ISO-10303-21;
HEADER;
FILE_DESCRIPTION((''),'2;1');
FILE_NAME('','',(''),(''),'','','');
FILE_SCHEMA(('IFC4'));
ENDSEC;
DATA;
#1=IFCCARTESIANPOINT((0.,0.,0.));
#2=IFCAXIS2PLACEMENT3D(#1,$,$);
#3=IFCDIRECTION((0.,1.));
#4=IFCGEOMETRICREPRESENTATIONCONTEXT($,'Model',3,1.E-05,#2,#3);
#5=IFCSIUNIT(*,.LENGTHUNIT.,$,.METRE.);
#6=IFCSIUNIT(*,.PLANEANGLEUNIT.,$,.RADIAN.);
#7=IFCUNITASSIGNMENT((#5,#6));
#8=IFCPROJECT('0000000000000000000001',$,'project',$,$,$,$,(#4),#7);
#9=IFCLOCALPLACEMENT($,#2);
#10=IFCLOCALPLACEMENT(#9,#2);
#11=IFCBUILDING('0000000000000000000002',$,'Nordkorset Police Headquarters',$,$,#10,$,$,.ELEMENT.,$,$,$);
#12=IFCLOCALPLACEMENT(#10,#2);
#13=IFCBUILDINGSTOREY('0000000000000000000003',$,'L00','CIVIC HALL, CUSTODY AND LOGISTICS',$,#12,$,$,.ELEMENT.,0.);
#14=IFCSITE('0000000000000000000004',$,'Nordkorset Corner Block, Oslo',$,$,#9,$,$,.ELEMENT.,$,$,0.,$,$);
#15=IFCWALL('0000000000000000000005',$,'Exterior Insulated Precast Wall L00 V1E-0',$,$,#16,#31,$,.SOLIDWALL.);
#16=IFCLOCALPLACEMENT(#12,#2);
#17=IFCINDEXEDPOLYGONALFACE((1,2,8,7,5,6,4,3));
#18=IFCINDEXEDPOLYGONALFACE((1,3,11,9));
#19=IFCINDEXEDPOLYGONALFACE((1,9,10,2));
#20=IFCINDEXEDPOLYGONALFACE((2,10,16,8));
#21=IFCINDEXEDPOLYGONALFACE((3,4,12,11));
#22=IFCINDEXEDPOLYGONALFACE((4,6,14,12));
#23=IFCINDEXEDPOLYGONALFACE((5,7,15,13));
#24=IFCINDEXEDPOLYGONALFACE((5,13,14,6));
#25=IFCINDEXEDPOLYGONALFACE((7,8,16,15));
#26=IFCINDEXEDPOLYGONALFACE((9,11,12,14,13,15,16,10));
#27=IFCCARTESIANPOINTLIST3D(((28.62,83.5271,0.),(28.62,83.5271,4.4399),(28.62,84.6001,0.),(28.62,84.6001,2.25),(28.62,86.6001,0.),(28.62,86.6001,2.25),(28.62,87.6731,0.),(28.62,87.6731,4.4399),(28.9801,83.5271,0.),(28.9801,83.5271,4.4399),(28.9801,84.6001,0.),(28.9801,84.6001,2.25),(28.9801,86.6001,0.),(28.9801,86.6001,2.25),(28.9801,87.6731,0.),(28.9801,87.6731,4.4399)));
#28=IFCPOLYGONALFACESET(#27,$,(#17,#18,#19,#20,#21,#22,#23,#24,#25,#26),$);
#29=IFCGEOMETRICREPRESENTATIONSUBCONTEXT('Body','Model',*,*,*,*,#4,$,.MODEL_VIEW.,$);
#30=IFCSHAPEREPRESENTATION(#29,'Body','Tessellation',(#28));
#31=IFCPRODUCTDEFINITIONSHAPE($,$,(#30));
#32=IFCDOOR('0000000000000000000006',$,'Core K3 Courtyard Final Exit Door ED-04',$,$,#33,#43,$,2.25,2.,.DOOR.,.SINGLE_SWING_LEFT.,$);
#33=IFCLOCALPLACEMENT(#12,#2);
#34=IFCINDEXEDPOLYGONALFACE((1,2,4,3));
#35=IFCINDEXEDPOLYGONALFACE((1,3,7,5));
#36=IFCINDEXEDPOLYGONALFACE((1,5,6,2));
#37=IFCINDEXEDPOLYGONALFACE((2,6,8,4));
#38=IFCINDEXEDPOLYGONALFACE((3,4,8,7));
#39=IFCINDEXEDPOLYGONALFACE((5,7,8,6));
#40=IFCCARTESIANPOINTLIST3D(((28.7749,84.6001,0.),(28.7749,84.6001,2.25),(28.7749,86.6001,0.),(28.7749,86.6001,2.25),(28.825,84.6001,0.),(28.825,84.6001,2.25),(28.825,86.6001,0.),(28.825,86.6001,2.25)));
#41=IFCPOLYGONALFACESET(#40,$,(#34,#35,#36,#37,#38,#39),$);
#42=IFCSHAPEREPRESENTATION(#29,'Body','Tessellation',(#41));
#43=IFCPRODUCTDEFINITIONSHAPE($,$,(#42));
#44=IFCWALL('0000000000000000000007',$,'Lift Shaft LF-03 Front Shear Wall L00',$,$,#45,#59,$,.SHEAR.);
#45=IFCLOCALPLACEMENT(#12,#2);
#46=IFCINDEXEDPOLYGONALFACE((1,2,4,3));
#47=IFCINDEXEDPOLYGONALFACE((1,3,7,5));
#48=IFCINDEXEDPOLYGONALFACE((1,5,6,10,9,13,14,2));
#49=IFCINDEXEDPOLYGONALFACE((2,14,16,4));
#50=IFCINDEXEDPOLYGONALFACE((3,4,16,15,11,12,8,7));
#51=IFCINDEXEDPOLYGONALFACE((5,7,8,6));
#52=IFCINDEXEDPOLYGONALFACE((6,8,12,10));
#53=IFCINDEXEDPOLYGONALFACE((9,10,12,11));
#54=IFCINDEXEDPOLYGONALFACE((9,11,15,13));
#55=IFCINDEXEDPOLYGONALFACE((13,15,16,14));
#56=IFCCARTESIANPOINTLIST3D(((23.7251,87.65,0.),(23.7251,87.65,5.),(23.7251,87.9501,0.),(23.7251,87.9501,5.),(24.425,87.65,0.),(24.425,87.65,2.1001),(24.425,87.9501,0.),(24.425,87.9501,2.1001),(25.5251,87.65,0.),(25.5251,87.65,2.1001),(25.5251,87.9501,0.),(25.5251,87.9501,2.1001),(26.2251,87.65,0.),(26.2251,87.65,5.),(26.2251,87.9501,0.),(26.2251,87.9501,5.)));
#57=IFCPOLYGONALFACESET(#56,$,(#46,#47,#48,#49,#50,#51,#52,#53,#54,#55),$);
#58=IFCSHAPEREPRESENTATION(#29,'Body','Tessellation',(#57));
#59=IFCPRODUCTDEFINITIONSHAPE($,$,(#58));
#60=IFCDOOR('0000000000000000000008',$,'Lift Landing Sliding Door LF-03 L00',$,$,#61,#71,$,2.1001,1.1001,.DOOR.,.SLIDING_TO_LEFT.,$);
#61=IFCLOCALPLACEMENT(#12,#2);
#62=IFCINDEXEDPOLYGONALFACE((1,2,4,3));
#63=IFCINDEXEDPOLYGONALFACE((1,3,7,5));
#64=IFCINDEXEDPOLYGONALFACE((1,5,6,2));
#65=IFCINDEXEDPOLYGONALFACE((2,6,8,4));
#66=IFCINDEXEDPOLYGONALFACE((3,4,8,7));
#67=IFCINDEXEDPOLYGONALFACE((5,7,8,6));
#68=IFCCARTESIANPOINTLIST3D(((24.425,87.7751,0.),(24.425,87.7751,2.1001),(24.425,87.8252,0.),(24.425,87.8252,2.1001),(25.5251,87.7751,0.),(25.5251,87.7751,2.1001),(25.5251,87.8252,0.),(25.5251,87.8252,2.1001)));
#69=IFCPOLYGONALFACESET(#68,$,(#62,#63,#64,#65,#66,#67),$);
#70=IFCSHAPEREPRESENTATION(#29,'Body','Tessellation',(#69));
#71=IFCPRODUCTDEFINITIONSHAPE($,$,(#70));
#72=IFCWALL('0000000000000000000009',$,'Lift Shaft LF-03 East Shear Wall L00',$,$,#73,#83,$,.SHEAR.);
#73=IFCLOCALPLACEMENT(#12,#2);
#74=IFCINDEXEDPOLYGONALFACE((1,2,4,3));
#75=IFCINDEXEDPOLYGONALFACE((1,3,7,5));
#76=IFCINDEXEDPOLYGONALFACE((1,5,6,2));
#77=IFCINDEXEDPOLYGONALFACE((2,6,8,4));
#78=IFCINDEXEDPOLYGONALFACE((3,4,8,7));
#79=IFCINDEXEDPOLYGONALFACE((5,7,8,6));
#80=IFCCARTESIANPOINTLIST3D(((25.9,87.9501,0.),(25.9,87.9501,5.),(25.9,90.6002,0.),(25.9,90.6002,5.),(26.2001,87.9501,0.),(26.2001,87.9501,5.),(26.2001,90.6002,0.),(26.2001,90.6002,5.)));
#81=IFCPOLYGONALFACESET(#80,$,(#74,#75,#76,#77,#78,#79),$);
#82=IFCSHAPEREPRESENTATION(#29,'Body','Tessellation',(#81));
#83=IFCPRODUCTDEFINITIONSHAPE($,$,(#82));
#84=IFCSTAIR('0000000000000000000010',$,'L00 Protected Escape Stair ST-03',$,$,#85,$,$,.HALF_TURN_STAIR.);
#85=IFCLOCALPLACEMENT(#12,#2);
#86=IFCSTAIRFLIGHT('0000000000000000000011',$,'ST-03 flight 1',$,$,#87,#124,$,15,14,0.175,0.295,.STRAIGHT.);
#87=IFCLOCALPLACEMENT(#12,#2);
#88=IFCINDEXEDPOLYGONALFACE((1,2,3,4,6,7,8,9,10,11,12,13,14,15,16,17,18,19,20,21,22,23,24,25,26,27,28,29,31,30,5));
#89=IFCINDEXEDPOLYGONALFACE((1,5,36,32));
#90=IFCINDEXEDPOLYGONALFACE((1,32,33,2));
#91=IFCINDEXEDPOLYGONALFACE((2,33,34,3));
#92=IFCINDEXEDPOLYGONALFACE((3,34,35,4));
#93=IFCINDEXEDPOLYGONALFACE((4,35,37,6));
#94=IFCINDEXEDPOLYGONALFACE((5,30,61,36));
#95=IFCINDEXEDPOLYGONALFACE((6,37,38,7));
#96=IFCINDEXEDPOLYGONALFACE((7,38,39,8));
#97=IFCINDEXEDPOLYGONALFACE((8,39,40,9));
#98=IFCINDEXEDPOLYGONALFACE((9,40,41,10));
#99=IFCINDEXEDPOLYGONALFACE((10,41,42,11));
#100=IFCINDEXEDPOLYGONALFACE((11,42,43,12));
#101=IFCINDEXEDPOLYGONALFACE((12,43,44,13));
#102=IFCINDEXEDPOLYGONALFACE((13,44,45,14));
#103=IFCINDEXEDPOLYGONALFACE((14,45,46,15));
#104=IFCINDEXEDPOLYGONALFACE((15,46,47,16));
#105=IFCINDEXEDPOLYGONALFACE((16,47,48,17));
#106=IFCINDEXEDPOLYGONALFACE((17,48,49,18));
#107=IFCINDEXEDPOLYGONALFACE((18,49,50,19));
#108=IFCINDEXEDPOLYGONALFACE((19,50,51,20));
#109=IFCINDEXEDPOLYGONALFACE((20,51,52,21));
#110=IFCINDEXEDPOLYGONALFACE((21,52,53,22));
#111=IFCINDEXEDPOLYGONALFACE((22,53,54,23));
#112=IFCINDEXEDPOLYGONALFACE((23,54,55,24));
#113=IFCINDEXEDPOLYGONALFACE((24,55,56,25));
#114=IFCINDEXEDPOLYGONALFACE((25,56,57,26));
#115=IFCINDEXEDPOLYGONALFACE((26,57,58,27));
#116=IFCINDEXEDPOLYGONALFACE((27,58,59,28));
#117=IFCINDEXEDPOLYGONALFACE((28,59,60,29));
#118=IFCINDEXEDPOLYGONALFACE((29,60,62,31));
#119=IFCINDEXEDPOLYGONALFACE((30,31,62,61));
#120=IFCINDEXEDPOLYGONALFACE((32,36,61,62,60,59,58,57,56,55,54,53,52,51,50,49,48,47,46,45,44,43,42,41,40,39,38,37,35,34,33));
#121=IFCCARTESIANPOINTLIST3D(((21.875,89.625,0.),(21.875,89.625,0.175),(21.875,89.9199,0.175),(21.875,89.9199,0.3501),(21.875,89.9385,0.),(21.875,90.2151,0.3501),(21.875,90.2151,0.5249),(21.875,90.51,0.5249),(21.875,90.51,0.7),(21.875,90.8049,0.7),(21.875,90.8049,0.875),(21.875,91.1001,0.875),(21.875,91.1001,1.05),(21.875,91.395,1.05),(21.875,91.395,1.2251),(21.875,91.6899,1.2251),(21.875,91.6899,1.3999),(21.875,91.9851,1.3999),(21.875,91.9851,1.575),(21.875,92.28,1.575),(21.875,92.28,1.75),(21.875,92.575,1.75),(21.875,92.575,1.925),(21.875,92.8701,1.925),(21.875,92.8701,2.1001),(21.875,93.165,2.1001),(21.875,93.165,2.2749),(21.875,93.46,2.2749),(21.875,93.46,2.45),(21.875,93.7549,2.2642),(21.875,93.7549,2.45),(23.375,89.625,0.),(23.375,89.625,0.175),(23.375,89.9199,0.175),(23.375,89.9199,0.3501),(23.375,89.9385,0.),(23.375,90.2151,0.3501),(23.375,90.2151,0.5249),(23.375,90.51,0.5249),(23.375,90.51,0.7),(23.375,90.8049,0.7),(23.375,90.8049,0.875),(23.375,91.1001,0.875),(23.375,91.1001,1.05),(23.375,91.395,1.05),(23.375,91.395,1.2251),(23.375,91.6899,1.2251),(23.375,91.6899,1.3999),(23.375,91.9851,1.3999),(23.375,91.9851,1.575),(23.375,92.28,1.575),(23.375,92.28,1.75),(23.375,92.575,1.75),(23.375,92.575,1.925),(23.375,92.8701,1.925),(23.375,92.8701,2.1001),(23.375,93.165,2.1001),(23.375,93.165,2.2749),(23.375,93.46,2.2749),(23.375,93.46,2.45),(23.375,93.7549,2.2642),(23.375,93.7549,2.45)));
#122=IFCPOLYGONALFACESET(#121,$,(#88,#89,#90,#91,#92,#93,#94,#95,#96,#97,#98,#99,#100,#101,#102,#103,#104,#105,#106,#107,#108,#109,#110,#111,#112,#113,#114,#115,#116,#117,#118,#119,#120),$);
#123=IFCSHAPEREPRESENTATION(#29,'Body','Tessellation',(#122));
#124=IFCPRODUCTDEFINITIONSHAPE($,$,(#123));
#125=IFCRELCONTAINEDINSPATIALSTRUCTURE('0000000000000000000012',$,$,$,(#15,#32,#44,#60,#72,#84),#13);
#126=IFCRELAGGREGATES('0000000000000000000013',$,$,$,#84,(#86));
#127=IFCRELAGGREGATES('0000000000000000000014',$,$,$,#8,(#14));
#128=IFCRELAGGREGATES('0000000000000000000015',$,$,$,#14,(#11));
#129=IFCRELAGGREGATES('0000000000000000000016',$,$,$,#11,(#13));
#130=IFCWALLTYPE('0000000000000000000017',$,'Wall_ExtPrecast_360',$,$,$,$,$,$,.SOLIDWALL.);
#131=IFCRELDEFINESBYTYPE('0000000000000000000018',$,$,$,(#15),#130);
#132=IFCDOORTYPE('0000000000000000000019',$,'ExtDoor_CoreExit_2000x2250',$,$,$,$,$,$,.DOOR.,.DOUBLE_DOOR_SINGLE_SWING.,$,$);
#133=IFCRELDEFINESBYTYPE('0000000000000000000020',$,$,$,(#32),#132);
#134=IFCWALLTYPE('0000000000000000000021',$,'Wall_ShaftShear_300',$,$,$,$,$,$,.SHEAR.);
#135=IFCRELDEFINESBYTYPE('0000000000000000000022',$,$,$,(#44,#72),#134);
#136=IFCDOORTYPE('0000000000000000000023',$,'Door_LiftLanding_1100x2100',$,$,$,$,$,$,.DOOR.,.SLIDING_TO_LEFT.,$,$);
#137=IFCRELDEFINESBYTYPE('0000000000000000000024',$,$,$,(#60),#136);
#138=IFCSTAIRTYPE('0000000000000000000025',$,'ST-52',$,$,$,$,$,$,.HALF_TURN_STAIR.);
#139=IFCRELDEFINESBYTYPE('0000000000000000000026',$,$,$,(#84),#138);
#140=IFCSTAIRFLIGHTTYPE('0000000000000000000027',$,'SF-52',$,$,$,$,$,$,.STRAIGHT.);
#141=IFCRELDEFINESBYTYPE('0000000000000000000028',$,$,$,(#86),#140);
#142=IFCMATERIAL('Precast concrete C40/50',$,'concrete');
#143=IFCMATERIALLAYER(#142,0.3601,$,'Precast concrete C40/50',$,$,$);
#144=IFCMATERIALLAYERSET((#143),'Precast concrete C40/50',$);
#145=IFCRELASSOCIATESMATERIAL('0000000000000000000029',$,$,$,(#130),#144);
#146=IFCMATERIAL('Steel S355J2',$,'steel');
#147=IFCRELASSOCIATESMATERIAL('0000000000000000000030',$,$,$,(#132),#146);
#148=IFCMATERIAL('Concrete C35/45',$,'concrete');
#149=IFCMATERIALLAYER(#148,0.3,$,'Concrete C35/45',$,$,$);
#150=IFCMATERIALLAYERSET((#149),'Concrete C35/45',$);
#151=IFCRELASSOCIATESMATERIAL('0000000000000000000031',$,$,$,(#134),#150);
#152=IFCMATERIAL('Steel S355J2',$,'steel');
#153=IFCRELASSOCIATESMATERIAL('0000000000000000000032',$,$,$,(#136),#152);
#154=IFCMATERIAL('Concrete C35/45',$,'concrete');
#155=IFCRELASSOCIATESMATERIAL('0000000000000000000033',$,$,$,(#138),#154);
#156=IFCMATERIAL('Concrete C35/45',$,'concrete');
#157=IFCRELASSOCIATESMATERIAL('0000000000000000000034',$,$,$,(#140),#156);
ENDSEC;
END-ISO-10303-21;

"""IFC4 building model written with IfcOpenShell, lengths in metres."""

from ifc_helpers import new_model, si_unit, direction, frame, frame_2d, origin, place, context, subcontext, project, spatial, polyline, rectangle, outline, extrude, material, layer, layer_set, type_object, element, fill, aggregate, save


model = new_model("IFC4")

# Units and contexts
model_context = context("Model", 3, precision=1e-05, world=origin(), true_north=direction((0.0, 1.0)))
body_context = subcontext(model_context, "Body", "Model", "MODEL_VIEW")
ifc_project = project(units=[si_unit("LENGTHUNIT", "METRE"), si_unit("PLANEANGLEUNIT", "RADIAN")], contexts=[model_context])

# Site, building, storey
site_placement = place(None, origin())
site = spatial("IfcSite", under=ifc_project, at=site_placement, Name="Nordkorset Corner Block, Oslo", CompositionType="ELEMENT", RefElevation=0.0)
building_placement = place(site_placement, origin())
building = spatial("IfcBuilding", under=site, at=building_placement, Name="Nordkorset Police Headquarters", CompositionType="ELEMENT")
storey_placement = place(building_placement, origin())
storey = spatial("IfcBuildingStorey", under=building, at=storey_placement, Name="L00", Description="CIVIC HALL, CUSTODY AND LOGISTICS", CompositionType="ELEMENT", Elevation=0.0)

# Walls, openings, doors
ifc_material_1 = material(Name="Precast concrete C40/50", Category="concrete")
ifc_layer_1 = layer(ifc_material_1, 0.3601, Name="Precast concrete C40/50")
ifc_layer_set_1 = layer_set([ifc_layer_1], Name="Precast concrete C40/50")
wall_type_1 = type_object("IfcWallType", Name="Wall_ExtPrecast_360", PredefinedType="SOLIDWALL", material=ifc_layer_set_1)
wall_1_placement = place(storey_placement, frame((28.8, 83.5271, 0.0), z_axis=(0.0, 0.0, 1.0), x_axis=(0.0, 1.0, 0.0)))
wall_1 = element("IfcWall", 1, at=wall_1_placement, inside=storey, type_object=wall_type_1, Name="Exterior Insulated Precast Wall L00 V1E-0", PredefinedType="SOLIDWALL", context=body_context, shape_type="SweptSolid", body=[
    extrude(rectangle(XDim=4.146, YDim=0.3601, at=frame_2d((2.073, 0.0))), origin(), (0.0, 0.0, 1.0), 4.4399),
])
opening_1_placement = place(wall_1_placement, frame((1.073, 0.0, 0.0)))
opening_1 = element("IfcOpeningElement", 2, at=opening_1_placement, cuts=wall_1, PredefinedType="OPENING", context=body_context, shape_type="SweptSolid", body=[
    extrude(rectangle(XDim=2.0, YDim=2.25, at=frame_2d((1.0, 1.125))), frame((0.0, 0.1899, 0.0), z_axis=(0.0, -1.0, 0.0), x_axis=(1.0, 0.0, 0.0)), (0.0, 0.0, 1.0), 0.3801),
])
ifc_material_2 = material(Name="Steel S355J2", Category="steel")
door_type_1 = type_object("IfcDoorType", Name="ExtDoor_CoreExit_2000x2250", OperationType="DOUBLE_DOOR_SINGLE_SWING", PredefinedType="DOOR", material=ifc_material_2)
door_1_placement = place(opening_1_placement, frame((2.0, 0.0, 0.0), z_axis=(0.0, 0.0, 1.0), x_axis=(-1.0, 0.0, 0.0)))
door_1 = element("IfcDoor", 3, at=door_1_placement, inside=storey, type_object=door_type_1, Name="Core K3 Courtyard Final Exit Door ED-04", OperationType="SINGLE_SWING_LEFT", OverallHeight=2.25, OverallWidth=2.0, PredefinedType="DOOR", context=body_context, shape_type="SweptSolid", body=[
    extrude(rectangle(XDim=2.0, YDim=2.25, at=frame_2d((1.0, 1.125))), frame((0.0, 0.0249, 0.0), z_axis=(0.0, -1.0, 0.0), x_axis=(1.0, 0.0, 0.0)), (0.0, 0.0, 1.0), 0.05),
])
fill(opening_1, door_1)
ifc_material_3 = material(Name="Concrete C35/45", Category="concrete")
ifc_layer_2 = layer(ifc_material_3, 0.3, Name="Concrete C35/45")
ifc_layer_set_2 = layer_set([ifc_layer_2], Name="Concrete C35/45")
wall_type_2 = type_object("IfcWallType", Name="Wall_ShaftShear_300", PredefinedType="SHEAR", material=ifc_layer_set_2)
wall_2_placement = place(storey_placement, frame((23.7251, 87.8, 0.0), z_axis=(0.0, 0.0, 1.0), x_axis=(1.0, 0.0, 0.0)))
wall_2 = element("IfcWall", 4, at=wall_2_placement, inside=storey, type_object=wall_type_2, Name="Lift Shaft LF-03 Front Shear Wall L00", PredefinedType="SHEAR", context=body_context, shape_type="SweptSolid", body=[
    extrude(rectangle(XDim=2.5, YDim=0.3, at=frame_2d((1.25, 0.0))), origin(), (0.0, 0.0, 1.0), 5.0),
])
opening_2_placement = place(wall_2_placement, frame((0.7, 0.0, 0.0)))
opening_2 = element("IfcOpeningElement", 5, at=opening_2_placement, cuts=wall_2, PredefinedType="OPENING", context=body_context, shape_type="SweptSolid", body=[
    extrude(rectangle(XDim=1.1001, YDim=2.1001, at=frame_2d((0.55, 1.05))), frame((0.0, 0.1602, 0.0), z_axis=(0.0, -1.0, 0.0), x_axis=(1.0, 0.0, 0.0)), (0.0, 0.0, 1.0), 0.3201),
])
ifc_material_4 = material(Name="Steel S355J2", Category="steel")
door_type_2 = type_object("IfcDoorType", Name="Door_LiftLanding_1100x2100", OperationType="SLIDING_TO_LEFT", PredefinedType="DOOR", material=ifc_material_4)
door_2_placement = place(opening_2_placement, frame((1.1001, 0.0, 0.0), z_axis=(0.0, 0.0, 1.0), x_axis=(-1.0, 0.0, 0.0)))
door_2 = element("IfcDoor", 6, at=door_2_placement, inside=storey, type_object=door_type_2, Name="Lift Landing Sliding Door LF-03 L00", OperationType="SLIDING_TO_LEFT", OverallHeight=2.1001, OverallWidth=1.1001, PredefinedType="DOOR", context=body_context, shape_type="SweptSolid", body=[
    extrude(rectangle(XDim=1.1001, YDim=2.1001, at=frame_2d((0.55, 1.05))), frame((0.0, 0.0249, 0.0), z_axis=(0.0, -1.0, 0.0), x_axis=(1.0, 0.0, 0.0)), (0.0, 0.0, 1.0), 0.05),
])
fill(opening_2, door_2)

# Wall
wall_3_placement = place(storey_placement, frame((26.05, 87.95, 0.0), z_axis=(0.0, 0.0, 1.0), x_axis=(0.0, 1.0, 0.0)))
element("IfcWall", 7, at=wall_3_placement, inside=storey, type_object=wall_type_2, Name="Lift Shaft LF-03 East Shear Wall L00", PredefinedType="SHEAR", context=body_context, shape_type="SweptSolid", body=[
    extrude(rectangle(XDim=2.6501, YDim=0.3, at=frame_2d((1.3252, 0.0))), origin(), (0.0, 0.0, 1.0), 5.0),
])

# Stair, stair flight
ifc_material_5 = material(Name="Concrete C35/45", Category="concrete")
stair_type = type_object("IfcStairType", Name="ST-52", PredefinedType="HALF_TURN_STAIR", material=ifc_material_5)
stair_placement = place(storey_placement, origin())
stair = element("IfcStair", 8, at=stair_placement, inside=storey, type_object=stair_type, Name="L00 Protected Escape Stair ST-03", PredefinedType="HALF_TURN_STAIR")
ifc_material_6 = material(Name="Concrete C35/45", Category="concrete")
stair_flight_type = type_object("IfcStairFlightType", Name="SF-52", PredefinedType="STRAIGHT", material=ifc_material_6)
stair_flight_placement = place(storey_placement, frame((22.625, 89.625, 0.0), z_axis=(0.0, 0.0, 1.0), x_axis=(0.0, 1.0, 0.0)))
stair_flight = element("IfcStairFlight", 9, at=stair_flight_placement, type_object=stair_flight_type, Name="ST-03 flight 1", NumberOfRisers=15, NumberOfTreads=14, PredefinedType="STRAIGHT", RiserHeight=0.175, TreadLength=0.295, context=body_context, shape_type="SweptSolid", body=[
    extrude(outline(polyline([(0.0, 0.0), (0.0, 0.175), (0.2949, 0.175), (0.2949, 0.3501), (0.5901, 0.3501), (0.5901, 0.5249), (0.885, 0.5249), (0.885, 0.7), (1.1799, 0.7), (1.1799, 0.875), (1.4751, 0.875), (1.4751, 1.05), (1.77, 1.05), (1.77, 1.2251), (2.0649, 1.2251), (2.0649, 1.3999), (2.3601, 1.3999), (2.3601, 1.575), (2.655, 1.575), (2.655, 1.75), (2.95, 1.75), (2.95, 1.925), (3.2451, 1.925), (3.2451, 2.1001), (3.54, 2.1001), (3.54, 2.2749), (3.835, 2.2749), (3.835, 2.45), (4.1299, 2.45), (4.1299, 2.625), (4.1299, 2.2642), (0.3135, 0.0), (0.0, 0.0)])), frame((0.0, 0.75, 0.0), z_axis=(0.0, -1.0, 0.0), x_axis=(1.0, 0.0, 0.0)), (0.0, 0.0, 1.0), 1.5),
])
aggregate(stair, [stair_flight])

save(model, "model.ifc")
